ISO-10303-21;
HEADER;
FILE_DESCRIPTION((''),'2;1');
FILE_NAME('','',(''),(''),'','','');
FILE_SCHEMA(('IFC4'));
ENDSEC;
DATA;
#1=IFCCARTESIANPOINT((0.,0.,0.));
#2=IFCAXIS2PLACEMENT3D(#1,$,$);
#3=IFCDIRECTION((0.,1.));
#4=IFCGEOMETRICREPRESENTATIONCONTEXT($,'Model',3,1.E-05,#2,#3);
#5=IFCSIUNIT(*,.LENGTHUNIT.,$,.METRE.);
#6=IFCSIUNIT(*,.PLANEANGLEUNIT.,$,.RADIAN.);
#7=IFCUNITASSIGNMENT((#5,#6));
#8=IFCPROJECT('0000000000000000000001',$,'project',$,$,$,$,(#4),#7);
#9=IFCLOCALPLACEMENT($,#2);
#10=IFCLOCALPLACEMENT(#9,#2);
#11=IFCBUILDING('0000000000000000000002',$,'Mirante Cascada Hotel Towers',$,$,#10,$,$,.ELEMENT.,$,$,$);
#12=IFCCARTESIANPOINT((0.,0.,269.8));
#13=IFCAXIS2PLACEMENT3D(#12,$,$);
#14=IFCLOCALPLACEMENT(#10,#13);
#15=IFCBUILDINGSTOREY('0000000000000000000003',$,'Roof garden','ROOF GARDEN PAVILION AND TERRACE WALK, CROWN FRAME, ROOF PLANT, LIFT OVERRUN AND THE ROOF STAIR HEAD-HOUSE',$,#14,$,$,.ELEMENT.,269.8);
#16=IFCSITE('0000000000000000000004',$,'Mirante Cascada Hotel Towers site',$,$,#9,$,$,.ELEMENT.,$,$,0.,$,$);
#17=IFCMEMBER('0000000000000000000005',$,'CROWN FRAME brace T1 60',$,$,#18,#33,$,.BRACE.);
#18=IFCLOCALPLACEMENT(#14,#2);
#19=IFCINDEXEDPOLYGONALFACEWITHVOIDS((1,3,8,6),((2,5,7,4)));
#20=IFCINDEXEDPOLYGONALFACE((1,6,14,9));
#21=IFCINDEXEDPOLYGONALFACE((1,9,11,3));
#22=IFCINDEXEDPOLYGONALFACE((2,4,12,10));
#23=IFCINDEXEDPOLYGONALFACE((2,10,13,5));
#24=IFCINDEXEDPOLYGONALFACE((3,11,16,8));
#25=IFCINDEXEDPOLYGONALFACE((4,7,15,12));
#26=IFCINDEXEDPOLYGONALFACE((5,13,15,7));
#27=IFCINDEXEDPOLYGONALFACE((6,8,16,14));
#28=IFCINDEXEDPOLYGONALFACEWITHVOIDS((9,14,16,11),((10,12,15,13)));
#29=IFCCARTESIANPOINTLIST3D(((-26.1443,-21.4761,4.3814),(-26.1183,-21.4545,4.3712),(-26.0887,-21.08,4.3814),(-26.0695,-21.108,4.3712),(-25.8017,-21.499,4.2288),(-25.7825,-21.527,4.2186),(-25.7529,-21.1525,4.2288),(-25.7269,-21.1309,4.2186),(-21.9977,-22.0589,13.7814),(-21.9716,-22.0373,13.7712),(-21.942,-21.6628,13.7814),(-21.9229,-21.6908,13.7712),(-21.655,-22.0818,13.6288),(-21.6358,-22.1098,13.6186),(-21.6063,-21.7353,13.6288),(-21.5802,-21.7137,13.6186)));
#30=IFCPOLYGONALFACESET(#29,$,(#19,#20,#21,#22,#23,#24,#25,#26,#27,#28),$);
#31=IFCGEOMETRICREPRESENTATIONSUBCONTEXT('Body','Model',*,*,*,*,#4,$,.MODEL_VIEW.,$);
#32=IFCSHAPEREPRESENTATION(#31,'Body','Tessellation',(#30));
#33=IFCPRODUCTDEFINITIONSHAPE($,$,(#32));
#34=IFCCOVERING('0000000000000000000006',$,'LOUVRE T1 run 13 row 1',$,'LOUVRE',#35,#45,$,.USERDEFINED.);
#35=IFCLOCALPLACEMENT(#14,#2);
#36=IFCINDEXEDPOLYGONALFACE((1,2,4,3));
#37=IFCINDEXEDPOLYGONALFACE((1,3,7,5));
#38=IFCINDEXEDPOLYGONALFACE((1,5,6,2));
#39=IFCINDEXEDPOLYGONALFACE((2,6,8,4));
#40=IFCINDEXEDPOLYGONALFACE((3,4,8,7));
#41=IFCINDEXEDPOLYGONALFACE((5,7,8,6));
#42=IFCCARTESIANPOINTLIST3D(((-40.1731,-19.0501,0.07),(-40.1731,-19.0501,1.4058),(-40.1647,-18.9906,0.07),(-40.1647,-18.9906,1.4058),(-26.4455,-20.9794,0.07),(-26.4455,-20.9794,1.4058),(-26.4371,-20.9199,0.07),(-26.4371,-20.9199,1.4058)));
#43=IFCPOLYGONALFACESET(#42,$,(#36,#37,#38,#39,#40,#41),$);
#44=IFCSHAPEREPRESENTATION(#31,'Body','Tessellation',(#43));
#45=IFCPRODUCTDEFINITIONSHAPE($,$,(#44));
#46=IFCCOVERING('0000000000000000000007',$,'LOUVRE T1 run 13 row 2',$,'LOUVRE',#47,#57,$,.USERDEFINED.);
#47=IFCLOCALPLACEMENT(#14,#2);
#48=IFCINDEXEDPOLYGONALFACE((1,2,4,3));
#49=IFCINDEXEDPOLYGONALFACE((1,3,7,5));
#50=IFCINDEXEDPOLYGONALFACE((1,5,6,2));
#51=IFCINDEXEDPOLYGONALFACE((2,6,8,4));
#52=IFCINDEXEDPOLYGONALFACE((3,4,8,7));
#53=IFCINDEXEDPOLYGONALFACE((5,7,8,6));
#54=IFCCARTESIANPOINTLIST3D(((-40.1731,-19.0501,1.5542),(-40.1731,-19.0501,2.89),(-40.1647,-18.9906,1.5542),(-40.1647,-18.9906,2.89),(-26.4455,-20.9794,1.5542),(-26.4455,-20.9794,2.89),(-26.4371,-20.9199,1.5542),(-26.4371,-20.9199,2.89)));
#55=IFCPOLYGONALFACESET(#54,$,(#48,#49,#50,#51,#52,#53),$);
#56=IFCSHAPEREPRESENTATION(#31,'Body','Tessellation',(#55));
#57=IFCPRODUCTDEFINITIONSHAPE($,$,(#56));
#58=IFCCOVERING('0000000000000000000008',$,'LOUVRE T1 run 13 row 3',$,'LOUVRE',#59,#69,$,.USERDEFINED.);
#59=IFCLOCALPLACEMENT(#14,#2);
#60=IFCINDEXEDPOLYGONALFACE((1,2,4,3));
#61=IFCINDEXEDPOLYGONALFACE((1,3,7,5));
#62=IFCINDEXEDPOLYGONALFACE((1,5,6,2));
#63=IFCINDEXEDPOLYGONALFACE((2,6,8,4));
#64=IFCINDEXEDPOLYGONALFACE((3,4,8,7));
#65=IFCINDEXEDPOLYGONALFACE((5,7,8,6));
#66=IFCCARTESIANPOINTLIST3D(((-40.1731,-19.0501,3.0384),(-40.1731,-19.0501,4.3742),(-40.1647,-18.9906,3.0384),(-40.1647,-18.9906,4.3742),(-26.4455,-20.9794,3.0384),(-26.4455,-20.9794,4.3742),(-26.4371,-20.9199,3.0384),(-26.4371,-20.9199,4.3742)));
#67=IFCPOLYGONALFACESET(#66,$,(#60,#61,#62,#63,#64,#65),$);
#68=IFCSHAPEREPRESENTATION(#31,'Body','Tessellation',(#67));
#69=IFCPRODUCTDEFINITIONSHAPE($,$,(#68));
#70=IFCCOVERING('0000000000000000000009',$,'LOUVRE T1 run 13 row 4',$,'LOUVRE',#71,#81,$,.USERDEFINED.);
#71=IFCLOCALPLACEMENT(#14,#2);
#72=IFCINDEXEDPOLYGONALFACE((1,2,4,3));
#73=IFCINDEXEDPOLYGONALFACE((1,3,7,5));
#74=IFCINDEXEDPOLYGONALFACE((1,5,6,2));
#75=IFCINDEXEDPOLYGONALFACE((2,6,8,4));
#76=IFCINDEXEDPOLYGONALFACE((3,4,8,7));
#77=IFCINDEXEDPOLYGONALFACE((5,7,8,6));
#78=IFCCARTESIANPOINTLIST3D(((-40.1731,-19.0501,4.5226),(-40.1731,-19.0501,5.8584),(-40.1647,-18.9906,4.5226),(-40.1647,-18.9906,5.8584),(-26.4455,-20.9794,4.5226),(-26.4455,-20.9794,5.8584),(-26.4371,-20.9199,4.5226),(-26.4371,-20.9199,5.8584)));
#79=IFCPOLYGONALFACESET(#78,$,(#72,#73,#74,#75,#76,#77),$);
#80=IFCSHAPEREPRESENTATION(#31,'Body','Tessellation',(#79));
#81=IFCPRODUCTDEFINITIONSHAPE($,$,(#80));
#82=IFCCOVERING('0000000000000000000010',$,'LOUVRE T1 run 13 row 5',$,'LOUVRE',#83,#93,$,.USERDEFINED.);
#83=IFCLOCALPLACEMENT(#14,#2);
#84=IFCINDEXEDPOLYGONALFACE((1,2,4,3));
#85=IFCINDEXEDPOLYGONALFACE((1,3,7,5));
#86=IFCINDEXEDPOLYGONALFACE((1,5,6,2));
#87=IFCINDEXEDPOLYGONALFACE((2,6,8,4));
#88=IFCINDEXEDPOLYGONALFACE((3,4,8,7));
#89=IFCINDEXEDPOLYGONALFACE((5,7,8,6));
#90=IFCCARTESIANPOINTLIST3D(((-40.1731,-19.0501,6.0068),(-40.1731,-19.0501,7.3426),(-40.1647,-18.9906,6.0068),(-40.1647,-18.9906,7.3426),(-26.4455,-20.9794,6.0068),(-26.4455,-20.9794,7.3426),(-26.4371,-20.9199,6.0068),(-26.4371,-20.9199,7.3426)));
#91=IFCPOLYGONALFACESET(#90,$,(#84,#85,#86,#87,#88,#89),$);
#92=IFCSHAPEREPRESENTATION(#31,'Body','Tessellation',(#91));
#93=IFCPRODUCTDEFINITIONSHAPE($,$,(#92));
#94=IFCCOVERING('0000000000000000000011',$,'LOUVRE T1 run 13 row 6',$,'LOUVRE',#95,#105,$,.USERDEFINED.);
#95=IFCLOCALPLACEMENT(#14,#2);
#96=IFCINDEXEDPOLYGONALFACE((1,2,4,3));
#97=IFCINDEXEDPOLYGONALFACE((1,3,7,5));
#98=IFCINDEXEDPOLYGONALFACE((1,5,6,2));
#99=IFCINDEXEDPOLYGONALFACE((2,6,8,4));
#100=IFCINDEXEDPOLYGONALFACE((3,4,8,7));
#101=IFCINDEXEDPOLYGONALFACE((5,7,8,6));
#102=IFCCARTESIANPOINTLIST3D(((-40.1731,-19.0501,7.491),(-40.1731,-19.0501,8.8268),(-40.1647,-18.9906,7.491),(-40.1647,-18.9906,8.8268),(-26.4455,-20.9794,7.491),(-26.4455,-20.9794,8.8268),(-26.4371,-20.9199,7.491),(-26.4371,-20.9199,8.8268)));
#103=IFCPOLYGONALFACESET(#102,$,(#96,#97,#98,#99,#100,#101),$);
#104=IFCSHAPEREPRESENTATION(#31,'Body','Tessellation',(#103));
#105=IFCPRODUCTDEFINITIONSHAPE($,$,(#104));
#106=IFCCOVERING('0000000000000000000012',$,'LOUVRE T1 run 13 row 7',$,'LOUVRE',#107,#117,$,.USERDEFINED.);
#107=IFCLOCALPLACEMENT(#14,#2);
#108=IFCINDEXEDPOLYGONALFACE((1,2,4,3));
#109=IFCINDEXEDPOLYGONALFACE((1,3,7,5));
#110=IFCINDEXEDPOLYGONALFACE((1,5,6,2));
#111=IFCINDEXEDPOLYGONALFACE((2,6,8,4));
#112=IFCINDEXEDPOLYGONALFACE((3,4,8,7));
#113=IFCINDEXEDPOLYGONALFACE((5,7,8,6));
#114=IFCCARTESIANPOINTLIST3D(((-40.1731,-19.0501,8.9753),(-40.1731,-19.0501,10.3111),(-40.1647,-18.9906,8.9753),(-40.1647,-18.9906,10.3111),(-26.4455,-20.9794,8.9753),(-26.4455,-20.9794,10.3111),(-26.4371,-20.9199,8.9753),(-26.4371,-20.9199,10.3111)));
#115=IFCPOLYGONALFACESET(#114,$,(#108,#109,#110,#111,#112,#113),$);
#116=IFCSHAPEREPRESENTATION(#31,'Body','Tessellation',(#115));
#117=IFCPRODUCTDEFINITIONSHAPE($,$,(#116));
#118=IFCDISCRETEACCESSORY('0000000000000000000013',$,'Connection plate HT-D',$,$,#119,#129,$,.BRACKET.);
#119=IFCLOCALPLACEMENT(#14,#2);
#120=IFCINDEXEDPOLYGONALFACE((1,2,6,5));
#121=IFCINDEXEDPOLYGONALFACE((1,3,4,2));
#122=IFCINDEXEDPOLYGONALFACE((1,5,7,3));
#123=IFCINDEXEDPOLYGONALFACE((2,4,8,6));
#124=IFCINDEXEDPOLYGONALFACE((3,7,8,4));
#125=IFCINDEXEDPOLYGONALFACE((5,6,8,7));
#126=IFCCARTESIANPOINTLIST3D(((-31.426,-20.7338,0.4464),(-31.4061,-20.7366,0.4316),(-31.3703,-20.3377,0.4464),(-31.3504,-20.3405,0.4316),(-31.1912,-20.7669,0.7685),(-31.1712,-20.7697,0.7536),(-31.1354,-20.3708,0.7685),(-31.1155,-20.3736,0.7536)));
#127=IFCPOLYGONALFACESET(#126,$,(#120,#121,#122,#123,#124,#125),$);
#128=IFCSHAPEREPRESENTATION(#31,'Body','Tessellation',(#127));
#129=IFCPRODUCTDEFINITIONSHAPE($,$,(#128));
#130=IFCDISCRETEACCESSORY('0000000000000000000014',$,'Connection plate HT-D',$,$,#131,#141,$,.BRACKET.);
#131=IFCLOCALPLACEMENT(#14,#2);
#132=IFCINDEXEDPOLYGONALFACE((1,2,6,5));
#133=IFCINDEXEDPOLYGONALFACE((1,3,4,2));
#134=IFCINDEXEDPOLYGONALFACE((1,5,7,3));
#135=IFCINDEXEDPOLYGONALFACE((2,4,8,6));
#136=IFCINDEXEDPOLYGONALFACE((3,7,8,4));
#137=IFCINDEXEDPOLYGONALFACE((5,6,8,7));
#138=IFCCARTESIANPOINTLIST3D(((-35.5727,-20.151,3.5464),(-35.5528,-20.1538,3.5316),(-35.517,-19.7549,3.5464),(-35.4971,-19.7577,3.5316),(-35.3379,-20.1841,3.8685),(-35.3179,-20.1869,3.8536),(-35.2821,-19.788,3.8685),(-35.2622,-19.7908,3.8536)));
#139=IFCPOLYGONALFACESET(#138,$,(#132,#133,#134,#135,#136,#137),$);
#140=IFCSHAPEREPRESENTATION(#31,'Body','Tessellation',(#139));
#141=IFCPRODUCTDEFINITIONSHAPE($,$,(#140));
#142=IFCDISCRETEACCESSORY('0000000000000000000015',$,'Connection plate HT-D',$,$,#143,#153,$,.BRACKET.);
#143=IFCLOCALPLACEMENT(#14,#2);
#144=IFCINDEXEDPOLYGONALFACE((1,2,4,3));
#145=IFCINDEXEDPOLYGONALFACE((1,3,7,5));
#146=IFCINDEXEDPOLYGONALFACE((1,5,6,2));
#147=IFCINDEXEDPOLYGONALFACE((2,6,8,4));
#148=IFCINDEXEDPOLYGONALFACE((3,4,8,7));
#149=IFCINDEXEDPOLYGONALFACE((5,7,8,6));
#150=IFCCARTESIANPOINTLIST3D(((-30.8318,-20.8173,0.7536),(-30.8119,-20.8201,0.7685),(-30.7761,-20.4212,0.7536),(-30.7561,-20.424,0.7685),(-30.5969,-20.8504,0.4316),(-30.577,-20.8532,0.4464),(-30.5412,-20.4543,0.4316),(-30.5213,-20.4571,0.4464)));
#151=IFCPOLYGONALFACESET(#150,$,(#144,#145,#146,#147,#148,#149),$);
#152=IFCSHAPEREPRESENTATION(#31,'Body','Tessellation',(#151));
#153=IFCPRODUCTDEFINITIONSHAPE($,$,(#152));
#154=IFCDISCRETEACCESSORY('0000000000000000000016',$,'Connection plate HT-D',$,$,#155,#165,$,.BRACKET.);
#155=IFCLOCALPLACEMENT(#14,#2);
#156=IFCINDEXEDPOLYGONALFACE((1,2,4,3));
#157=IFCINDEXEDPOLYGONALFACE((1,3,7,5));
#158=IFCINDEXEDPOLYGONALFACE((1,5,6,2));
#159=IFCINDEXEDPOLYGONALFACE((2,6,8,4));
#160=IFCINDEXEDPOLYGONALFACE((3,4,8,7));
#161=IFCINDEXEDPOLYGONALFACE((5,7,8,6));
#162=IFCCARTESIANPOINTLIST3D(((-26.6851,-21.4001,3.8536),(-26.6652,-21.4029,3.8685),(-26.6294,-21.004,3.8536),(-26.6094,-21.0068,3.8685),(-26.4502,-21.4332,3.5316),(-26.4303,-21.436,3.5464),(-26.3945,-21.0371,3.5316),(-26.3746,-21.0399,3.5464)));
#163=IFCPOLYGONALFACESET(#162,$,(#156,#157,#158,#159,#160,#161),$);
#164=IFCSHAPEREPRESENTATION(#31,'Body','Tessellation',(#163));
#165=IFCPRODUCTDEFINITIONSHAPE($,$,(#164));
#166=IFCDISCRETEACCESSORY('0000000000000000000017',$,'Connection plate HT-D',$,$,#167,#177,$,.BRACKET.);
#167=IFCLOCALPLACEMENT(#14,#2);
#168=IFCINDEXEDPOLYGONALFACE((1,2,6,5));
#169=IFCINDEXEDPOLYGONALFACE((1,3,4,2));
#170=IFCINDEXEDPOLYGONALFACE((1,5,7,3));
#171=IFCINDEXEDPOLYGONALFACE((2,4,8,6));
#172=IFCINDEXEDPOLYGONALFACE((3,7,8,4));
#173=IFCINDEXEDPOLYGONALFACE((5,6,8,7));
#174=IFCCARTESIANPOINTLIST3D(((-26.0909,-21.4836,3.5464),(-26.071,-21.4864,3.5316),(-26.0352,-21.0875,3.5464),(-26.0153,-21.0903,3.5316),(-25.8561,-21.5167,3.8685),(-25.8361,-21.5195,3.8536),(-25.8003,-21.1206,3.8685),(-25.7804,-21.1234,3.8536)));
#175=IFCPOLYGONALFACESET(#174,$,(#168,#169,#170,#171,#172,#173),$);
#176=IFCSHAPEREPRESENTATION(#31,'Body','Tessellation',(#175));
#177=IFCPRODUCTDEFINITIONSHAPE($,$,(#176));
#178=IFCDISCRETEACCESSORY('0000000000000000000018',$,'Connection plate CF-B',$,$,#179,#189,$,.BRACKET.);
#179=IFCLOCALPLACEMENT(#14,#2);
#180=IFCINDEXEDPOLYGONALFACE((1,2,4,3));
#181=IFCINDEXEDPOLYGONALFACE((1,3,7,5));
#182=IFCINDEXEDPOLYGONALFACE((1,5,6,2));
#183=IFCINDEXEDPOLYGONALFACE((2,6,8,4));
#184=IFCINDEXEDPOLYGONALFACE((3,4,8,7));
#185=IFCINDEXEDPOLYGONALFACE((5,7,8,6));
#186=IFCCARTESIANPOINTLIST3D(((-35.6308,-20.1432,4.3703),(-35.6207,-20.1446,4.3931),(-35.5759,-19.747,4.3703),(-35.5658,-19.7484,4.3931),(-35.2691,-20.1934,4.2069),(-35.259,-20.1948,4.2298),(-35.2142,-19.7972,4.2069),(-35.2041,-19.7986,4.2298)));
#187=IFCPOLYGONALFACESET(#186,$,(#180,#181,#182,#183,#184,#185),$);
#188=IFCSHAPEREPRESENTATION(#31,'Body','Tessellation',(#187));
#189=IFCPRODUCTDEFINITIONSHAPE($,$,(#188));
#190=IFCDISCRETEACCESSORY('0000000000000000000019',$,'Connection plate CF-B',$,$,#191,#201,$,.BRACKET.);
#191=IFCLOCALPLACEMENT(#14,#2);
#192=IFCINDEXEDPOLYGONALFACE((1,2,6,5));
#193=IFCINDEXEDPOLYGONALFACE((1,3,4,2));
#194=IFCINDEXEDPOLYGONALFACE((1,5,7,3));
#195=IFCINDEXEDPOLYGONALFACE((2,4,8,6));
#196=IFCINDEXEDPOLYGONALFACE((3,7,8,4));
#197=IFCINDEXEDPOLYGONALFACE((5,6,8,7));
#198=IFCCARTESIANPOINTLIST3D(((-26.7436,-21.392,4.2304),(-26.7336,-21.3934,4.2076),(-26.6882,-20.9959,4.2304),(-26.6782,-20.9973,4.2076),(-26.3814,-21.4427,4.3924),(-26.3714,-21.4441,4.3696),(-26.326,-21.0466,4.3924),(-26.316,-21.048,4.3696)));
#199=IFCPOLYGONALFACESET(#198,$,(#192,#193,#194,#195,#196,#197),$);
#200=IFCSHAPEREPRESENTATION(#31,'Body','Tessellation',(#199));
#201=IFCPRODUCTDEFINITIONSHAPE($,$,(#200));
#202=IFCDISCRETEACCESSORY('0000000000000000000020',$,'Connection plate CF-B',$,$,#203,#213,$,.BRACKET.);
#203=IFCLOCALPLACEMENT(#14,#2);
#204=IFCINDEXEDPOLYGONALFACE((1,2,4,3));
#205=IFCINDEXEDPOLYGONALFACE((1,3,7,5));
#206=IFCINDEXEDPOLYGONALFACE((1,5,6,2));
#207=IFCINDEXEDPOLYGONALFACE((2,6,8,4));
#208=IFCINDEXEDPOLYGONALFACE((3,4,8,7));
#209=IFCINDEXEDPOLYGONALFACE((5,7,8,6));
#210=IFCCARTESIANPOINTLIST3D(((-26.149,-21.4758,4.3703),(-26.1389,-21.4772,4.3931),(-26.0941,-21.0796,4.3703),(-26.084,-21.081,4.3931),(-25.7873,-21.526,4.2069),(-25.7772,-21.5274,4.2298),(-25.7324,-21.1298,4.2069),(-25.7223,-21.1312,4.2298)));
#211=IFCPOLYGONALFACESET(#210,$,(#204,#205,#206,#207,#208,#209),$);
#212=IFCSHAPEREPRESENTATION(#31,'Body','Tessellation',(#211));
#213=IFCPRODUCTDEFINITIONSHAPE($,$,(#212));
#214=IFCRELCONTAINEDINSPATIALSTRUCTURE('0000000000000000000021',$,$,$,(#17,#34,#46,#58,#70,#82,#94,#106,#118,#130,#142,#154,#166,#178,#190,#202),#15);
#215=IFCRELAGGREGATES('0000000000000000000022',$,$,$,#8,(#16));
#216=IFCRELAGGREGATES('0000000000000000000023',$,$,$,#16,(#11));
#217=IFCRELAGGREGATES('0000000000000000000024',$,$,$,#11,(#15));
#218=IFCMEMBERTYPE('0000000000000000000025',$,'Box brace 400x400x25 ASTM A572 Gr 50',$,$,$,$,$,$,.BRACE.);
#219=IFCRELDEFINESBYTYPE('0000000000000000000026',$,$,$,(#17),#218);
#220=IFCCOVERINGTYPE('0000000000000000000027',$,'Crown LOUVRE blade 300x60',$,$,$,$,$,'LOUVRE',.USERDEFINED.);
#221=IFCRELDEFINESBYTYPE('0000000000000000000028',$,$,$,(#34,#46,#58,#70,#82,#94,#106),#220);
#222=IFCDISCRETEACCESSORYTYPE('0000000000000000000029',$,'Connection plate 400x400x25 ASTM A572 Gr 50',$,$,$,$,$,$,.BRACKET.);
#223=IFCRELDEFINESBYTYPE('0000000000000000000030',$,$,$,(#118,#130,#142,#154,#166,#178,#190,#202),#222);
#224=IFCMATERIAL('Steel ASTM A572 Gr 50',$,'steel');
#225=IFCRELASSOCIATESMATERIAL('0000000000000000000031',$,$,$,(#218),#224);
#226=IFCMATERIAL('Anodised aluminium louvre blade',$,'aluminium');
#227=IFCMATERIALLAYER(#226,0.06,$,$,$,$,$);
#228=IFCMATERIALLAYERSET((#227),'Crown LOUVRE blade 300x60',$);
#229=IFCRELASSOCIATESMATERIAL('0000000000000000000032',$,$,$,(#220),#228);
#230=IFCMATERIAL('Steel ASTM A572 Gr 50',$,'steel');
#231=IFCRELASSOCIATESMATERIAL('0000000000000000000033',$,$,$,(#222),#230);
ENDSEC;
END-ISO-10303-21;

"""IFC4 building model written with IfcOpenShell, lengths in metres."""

from ifc_helpers import new_model, si_unit, direction, frame, origin, origin_2d, place, context, subcontext, project, spatial, rectangle, hollow_rectangle, extrude, material, layer, layer_set, material_profile, profile_set, type_object, element, save


model = new_model("IFC4")

# Units and contexts
model_context = context("Model", 3, precision=1e-05, world=origin(), true_north=direction((0.0, 1.0)))
body_context = subcontext(model_context, "Body", "Model", "MODEL_VIEW")
ifc_project = project(units=[si_unit("LENGTHUNIT", "METRE"), si_unit("PLANEANGLEUNIT", "RADIAN")], contexts=[model_context])

# Site, building, storey
site_placement = place(None, origin())
site = spatial("IfcSite", under=ifc_project, at=site_placement, Name="Mirante Cascada Hotel Towers site", CompositionType="ELEMENT", RefElevation=0.0)
building_placement = place(site_placement, origin())
building = spatial("IfcBuilding", under=site, at=building_placement, Name="Mirante Cascada Hotel Towers", CompositionType="ELEMENT")
storey_placement = place(building_placement, frame((0.0, 0.0, 269.8)))
storey = spatial("IfcBuildingStorey", under=building, at=storey_placement, Name="Roof garden", Description="ROOF GARDEN PAVILION AND TERRACE WALK, CROWN FRAME, ROOF PLANT, LIFT OVERRUN AND THE ROOF STAIR HEAD-HOUSE", CompositionType="ELEMENT", Elevation=269.8)

# Member
ifc_material_1 = material(Name="Steel ASTM A572 Gr 50", Category="steel")
ifc_material_profile_1 = material_profile(ifc_material_1, hollow_rectangle(XDim=0.4, YDim=0.4, WallThickness=0.025, at=origin_2d()), Name="Box brace 400x400x25 ASTM A572 Gr 50")
ifc_profile_set_1 = profile_set([ifc_material_profile_1], Name="Steel ASTM A572 Gr 50")
member_type = type_object("IfcMemberType", Name="Box brace 400x400x25 ASTM A572 Gr 50", PredefinedType="BRACE", material=ifc_profile_set_1)
for number, where, z_axis, x_axis, name in (
    (1, (-25.9356, -21.3035, 4.3), (0.402963, -0.056635, 0.913462), (0.139178, 0.990267, 0.0), "CROWN FRAME brace T1 60"),
):
    element("IfcMember", number, at=place(storey_placement, frame(where, z_axis=z_axis, x_axis=x_axis)), inside=storey, type_object=member_type, Name=name, PredefinedType="BRACE", context=body_context, shape_type="SweptSolid", body=[
        extrude(hollow_rectangle(XDim=0.4, YDim=0.4, WallThickness=0.025, at=origin_2d()), origin(), (0.0, 0.0, 1.0), 10.2905),
    ])

# Coverings
ifc_material_2 = material(Name="Anodised aluminium louvre blade", Category="aluminium")
ifc_layer = layer(ifc_material_2, 0.06)
ifc_layer_set = layer_set([ifc_layer], Name="Crown LOUVRE blade 300x60")
covering_type = type_object("IfcCoveringType", Name="Crown LOUVRE blade 300x60", ElementType="LOUVRE", PredefinedType="USERDEFINED", material=ifc_layer_set)
for number, where, z_axis, x_axis, name in (
    (2, (-33.3051, -19.985, 0.07), (0.0, 0.0, 1.0), (0.990268, -0.139173, 0.0), "LOUVRE T1 run 13 row 1"),
    (3, (-33.3051, -19.985, 1.5542), (0.0, 0.0, 1.0), (0.990268, -0.139173, 0.0), "LOUVRE T1 run 13 row 2"),
    (4, (-33.3051, -19.985, 3.0384), (0.0, 0.0, 1.0), (0.990268, -0.139173, 0.0), "LOUVRE T1 run 13 row 3"),
    (5, (-33.3051, -19.985, 4.5226), (0.0, 0.0, 1.0), (0.990268, -0.139173, 0.0), "LOUVRE T1 run 13 row 4"),
    (6, (-33.3051, -19.985, 6.0068), (0.0, 0.0, 1.0), (0.990268, -0.139173, 0.0), "LOUVRE T1 run 13 row 5"),
    (7, (-33.3051, -19.985, 7.491), (0.0, 0.0, 1.0), (0.990268, -0.139173, 0.0), "LOUVRE T1 run 13 row 6"),
    (8, (-33.3051, -19.985, 8.9753), (0.0, 0.0, 1.0), (0.990268, -0.139173, 0.0), "LOUVRE T1 run 13 row 7"),
):
    element("IfcCovering", number, at=place(storey_placement, frame(where, z_axis=z_axis, x_axis=x_axis)), inside=storey, type_object=covering_type, Name=name, ObjectType="LOUVRE", PredefinedType="USERDEFINED", context=body_context, shape_type="SweptSolid", body=[
        extrude(rectangle(XDim=13.8625, YDim=0.06, at=origin_2d()), origin(), (0.0, 0.0, 1.0), 1.3358),
    ])

# Discrete accessories
ifc_material_3 = material(Name="Steel ASTM A572 Gr 50", Category="steel")
ifc_material_profile_2 = material_profile(ifc_material_3, rectangle(XDim=0.4, YDim=0.4, at=origin_2d()), Name="Connection plate 400x400x25 ASTM A572 Gr 50")
ifc_profile_set_2 = profile_set([ifc_material_profile_2], Name="Steel ASTM A572 Gr 50")
discrete_accessory_type = type_object("IfcDiscreteAccessoryType", Name="Connection plate 400x400x25 ASTM A572 Gr 50", PredefinedType="BRACKET", material=ifc_profile_set_2)
for number, where, z_axis, x_axis, name in (
    (9, (-31.2608, -20.5551, 0.5926), (-0.797347, 0.112189, 0.593002), (-0.139331, -0.990246, 0.0), "Connection plate HT-D"),
    (10, (-35.4075, -19.9723, 3.6926), (-0.797347, 0.112189, 0.593002), (-0.139331, -0.990246, 0.0), "Connection plate HT-D"),
    (11, (-30.6865, -20.6358, 0.5926), (0.797347, -0.112189, 0.593002), (0.139331, 0.990246, 0.0), "Connection plate HT-D"),
    (12, (-26.5398, -21.2186, 3.6926), (0.797347, -0.112189, 0.593002), (0.139331, 0.990246, 0.0), "Connection plate HT-D"),
    (13, (-25.9257, -21.3049, 3.6926), (-0.797347, 0.112189, 0.593002), (-0.139331, -0.990246, 0.0), "Connection plate HT-D"),
    (14, (-35.4225, -19.9702, 4.2886), (0.404385, -0.056053, 0.91287), (0.137301, 0.990529, 0.0), "Connection plate CF-B"),
):
    element("IfcDiscreteAccessory", number, at=place(storey_placement, frame(where, z_axis=z_axis, x_axis=x_axis)), inside=storey, type_object=discrete_accessory_type, Name=name, PredefinedType="BRACKET", context=body_context, shape_type="SweptSolid", body=[
        extrude(rectangle(XDim=0.4, YDim=0.4, at=origin_2d()), origin(), (0.0, 0.0, 1.0), 0.025),
    ])
discrete_accessory_1_placement = place(storey_placement, frame((-26.5248, -21.2207, 4.2886), z_axis=(-0.401028, 0.056144, 0.914344), x_axis=(-0.138648, -0.990342, 0.0)))
element("IfcDiscreteAccessory", 15, at=discrete_accessory_1_placement, inside=storey, type_object=discrete_accessory_type, Name="Connection plate CF-B", PredefinedType="BRACKET", context=body_context, shape_type="SweptSolid", body=[
    extrude(rectangle(XDim=0.4, YDim=0.4, at=origin_2d()), origin(), (0.0, 0.0, 1.0), 0.0249),
])
discrete_accessory_2_placement = place(storey_placement, frame((-25.9407, -21.3028, 4.2886), z_axis=(0.404385, -0.056053, 0.91287), x_axis=(0.137301, 0.990529, 0.0)))
element("IfcDiscreteAccessory", 16, at=discrete_accessory_2_placement, inside=storey, type_object=discrete_accessory_type, Name="Connection plate CF-B", PredefinedType="BRACKET", context=body_context, shape_type="SweptSolid", body=[
    extrude(rectangle(XDim=0.4, YDim=0.4, at=origin_2d()), origin(), (0.0, 0.0, 1.0), 0.025),
])

save(model, "model.ifc")
